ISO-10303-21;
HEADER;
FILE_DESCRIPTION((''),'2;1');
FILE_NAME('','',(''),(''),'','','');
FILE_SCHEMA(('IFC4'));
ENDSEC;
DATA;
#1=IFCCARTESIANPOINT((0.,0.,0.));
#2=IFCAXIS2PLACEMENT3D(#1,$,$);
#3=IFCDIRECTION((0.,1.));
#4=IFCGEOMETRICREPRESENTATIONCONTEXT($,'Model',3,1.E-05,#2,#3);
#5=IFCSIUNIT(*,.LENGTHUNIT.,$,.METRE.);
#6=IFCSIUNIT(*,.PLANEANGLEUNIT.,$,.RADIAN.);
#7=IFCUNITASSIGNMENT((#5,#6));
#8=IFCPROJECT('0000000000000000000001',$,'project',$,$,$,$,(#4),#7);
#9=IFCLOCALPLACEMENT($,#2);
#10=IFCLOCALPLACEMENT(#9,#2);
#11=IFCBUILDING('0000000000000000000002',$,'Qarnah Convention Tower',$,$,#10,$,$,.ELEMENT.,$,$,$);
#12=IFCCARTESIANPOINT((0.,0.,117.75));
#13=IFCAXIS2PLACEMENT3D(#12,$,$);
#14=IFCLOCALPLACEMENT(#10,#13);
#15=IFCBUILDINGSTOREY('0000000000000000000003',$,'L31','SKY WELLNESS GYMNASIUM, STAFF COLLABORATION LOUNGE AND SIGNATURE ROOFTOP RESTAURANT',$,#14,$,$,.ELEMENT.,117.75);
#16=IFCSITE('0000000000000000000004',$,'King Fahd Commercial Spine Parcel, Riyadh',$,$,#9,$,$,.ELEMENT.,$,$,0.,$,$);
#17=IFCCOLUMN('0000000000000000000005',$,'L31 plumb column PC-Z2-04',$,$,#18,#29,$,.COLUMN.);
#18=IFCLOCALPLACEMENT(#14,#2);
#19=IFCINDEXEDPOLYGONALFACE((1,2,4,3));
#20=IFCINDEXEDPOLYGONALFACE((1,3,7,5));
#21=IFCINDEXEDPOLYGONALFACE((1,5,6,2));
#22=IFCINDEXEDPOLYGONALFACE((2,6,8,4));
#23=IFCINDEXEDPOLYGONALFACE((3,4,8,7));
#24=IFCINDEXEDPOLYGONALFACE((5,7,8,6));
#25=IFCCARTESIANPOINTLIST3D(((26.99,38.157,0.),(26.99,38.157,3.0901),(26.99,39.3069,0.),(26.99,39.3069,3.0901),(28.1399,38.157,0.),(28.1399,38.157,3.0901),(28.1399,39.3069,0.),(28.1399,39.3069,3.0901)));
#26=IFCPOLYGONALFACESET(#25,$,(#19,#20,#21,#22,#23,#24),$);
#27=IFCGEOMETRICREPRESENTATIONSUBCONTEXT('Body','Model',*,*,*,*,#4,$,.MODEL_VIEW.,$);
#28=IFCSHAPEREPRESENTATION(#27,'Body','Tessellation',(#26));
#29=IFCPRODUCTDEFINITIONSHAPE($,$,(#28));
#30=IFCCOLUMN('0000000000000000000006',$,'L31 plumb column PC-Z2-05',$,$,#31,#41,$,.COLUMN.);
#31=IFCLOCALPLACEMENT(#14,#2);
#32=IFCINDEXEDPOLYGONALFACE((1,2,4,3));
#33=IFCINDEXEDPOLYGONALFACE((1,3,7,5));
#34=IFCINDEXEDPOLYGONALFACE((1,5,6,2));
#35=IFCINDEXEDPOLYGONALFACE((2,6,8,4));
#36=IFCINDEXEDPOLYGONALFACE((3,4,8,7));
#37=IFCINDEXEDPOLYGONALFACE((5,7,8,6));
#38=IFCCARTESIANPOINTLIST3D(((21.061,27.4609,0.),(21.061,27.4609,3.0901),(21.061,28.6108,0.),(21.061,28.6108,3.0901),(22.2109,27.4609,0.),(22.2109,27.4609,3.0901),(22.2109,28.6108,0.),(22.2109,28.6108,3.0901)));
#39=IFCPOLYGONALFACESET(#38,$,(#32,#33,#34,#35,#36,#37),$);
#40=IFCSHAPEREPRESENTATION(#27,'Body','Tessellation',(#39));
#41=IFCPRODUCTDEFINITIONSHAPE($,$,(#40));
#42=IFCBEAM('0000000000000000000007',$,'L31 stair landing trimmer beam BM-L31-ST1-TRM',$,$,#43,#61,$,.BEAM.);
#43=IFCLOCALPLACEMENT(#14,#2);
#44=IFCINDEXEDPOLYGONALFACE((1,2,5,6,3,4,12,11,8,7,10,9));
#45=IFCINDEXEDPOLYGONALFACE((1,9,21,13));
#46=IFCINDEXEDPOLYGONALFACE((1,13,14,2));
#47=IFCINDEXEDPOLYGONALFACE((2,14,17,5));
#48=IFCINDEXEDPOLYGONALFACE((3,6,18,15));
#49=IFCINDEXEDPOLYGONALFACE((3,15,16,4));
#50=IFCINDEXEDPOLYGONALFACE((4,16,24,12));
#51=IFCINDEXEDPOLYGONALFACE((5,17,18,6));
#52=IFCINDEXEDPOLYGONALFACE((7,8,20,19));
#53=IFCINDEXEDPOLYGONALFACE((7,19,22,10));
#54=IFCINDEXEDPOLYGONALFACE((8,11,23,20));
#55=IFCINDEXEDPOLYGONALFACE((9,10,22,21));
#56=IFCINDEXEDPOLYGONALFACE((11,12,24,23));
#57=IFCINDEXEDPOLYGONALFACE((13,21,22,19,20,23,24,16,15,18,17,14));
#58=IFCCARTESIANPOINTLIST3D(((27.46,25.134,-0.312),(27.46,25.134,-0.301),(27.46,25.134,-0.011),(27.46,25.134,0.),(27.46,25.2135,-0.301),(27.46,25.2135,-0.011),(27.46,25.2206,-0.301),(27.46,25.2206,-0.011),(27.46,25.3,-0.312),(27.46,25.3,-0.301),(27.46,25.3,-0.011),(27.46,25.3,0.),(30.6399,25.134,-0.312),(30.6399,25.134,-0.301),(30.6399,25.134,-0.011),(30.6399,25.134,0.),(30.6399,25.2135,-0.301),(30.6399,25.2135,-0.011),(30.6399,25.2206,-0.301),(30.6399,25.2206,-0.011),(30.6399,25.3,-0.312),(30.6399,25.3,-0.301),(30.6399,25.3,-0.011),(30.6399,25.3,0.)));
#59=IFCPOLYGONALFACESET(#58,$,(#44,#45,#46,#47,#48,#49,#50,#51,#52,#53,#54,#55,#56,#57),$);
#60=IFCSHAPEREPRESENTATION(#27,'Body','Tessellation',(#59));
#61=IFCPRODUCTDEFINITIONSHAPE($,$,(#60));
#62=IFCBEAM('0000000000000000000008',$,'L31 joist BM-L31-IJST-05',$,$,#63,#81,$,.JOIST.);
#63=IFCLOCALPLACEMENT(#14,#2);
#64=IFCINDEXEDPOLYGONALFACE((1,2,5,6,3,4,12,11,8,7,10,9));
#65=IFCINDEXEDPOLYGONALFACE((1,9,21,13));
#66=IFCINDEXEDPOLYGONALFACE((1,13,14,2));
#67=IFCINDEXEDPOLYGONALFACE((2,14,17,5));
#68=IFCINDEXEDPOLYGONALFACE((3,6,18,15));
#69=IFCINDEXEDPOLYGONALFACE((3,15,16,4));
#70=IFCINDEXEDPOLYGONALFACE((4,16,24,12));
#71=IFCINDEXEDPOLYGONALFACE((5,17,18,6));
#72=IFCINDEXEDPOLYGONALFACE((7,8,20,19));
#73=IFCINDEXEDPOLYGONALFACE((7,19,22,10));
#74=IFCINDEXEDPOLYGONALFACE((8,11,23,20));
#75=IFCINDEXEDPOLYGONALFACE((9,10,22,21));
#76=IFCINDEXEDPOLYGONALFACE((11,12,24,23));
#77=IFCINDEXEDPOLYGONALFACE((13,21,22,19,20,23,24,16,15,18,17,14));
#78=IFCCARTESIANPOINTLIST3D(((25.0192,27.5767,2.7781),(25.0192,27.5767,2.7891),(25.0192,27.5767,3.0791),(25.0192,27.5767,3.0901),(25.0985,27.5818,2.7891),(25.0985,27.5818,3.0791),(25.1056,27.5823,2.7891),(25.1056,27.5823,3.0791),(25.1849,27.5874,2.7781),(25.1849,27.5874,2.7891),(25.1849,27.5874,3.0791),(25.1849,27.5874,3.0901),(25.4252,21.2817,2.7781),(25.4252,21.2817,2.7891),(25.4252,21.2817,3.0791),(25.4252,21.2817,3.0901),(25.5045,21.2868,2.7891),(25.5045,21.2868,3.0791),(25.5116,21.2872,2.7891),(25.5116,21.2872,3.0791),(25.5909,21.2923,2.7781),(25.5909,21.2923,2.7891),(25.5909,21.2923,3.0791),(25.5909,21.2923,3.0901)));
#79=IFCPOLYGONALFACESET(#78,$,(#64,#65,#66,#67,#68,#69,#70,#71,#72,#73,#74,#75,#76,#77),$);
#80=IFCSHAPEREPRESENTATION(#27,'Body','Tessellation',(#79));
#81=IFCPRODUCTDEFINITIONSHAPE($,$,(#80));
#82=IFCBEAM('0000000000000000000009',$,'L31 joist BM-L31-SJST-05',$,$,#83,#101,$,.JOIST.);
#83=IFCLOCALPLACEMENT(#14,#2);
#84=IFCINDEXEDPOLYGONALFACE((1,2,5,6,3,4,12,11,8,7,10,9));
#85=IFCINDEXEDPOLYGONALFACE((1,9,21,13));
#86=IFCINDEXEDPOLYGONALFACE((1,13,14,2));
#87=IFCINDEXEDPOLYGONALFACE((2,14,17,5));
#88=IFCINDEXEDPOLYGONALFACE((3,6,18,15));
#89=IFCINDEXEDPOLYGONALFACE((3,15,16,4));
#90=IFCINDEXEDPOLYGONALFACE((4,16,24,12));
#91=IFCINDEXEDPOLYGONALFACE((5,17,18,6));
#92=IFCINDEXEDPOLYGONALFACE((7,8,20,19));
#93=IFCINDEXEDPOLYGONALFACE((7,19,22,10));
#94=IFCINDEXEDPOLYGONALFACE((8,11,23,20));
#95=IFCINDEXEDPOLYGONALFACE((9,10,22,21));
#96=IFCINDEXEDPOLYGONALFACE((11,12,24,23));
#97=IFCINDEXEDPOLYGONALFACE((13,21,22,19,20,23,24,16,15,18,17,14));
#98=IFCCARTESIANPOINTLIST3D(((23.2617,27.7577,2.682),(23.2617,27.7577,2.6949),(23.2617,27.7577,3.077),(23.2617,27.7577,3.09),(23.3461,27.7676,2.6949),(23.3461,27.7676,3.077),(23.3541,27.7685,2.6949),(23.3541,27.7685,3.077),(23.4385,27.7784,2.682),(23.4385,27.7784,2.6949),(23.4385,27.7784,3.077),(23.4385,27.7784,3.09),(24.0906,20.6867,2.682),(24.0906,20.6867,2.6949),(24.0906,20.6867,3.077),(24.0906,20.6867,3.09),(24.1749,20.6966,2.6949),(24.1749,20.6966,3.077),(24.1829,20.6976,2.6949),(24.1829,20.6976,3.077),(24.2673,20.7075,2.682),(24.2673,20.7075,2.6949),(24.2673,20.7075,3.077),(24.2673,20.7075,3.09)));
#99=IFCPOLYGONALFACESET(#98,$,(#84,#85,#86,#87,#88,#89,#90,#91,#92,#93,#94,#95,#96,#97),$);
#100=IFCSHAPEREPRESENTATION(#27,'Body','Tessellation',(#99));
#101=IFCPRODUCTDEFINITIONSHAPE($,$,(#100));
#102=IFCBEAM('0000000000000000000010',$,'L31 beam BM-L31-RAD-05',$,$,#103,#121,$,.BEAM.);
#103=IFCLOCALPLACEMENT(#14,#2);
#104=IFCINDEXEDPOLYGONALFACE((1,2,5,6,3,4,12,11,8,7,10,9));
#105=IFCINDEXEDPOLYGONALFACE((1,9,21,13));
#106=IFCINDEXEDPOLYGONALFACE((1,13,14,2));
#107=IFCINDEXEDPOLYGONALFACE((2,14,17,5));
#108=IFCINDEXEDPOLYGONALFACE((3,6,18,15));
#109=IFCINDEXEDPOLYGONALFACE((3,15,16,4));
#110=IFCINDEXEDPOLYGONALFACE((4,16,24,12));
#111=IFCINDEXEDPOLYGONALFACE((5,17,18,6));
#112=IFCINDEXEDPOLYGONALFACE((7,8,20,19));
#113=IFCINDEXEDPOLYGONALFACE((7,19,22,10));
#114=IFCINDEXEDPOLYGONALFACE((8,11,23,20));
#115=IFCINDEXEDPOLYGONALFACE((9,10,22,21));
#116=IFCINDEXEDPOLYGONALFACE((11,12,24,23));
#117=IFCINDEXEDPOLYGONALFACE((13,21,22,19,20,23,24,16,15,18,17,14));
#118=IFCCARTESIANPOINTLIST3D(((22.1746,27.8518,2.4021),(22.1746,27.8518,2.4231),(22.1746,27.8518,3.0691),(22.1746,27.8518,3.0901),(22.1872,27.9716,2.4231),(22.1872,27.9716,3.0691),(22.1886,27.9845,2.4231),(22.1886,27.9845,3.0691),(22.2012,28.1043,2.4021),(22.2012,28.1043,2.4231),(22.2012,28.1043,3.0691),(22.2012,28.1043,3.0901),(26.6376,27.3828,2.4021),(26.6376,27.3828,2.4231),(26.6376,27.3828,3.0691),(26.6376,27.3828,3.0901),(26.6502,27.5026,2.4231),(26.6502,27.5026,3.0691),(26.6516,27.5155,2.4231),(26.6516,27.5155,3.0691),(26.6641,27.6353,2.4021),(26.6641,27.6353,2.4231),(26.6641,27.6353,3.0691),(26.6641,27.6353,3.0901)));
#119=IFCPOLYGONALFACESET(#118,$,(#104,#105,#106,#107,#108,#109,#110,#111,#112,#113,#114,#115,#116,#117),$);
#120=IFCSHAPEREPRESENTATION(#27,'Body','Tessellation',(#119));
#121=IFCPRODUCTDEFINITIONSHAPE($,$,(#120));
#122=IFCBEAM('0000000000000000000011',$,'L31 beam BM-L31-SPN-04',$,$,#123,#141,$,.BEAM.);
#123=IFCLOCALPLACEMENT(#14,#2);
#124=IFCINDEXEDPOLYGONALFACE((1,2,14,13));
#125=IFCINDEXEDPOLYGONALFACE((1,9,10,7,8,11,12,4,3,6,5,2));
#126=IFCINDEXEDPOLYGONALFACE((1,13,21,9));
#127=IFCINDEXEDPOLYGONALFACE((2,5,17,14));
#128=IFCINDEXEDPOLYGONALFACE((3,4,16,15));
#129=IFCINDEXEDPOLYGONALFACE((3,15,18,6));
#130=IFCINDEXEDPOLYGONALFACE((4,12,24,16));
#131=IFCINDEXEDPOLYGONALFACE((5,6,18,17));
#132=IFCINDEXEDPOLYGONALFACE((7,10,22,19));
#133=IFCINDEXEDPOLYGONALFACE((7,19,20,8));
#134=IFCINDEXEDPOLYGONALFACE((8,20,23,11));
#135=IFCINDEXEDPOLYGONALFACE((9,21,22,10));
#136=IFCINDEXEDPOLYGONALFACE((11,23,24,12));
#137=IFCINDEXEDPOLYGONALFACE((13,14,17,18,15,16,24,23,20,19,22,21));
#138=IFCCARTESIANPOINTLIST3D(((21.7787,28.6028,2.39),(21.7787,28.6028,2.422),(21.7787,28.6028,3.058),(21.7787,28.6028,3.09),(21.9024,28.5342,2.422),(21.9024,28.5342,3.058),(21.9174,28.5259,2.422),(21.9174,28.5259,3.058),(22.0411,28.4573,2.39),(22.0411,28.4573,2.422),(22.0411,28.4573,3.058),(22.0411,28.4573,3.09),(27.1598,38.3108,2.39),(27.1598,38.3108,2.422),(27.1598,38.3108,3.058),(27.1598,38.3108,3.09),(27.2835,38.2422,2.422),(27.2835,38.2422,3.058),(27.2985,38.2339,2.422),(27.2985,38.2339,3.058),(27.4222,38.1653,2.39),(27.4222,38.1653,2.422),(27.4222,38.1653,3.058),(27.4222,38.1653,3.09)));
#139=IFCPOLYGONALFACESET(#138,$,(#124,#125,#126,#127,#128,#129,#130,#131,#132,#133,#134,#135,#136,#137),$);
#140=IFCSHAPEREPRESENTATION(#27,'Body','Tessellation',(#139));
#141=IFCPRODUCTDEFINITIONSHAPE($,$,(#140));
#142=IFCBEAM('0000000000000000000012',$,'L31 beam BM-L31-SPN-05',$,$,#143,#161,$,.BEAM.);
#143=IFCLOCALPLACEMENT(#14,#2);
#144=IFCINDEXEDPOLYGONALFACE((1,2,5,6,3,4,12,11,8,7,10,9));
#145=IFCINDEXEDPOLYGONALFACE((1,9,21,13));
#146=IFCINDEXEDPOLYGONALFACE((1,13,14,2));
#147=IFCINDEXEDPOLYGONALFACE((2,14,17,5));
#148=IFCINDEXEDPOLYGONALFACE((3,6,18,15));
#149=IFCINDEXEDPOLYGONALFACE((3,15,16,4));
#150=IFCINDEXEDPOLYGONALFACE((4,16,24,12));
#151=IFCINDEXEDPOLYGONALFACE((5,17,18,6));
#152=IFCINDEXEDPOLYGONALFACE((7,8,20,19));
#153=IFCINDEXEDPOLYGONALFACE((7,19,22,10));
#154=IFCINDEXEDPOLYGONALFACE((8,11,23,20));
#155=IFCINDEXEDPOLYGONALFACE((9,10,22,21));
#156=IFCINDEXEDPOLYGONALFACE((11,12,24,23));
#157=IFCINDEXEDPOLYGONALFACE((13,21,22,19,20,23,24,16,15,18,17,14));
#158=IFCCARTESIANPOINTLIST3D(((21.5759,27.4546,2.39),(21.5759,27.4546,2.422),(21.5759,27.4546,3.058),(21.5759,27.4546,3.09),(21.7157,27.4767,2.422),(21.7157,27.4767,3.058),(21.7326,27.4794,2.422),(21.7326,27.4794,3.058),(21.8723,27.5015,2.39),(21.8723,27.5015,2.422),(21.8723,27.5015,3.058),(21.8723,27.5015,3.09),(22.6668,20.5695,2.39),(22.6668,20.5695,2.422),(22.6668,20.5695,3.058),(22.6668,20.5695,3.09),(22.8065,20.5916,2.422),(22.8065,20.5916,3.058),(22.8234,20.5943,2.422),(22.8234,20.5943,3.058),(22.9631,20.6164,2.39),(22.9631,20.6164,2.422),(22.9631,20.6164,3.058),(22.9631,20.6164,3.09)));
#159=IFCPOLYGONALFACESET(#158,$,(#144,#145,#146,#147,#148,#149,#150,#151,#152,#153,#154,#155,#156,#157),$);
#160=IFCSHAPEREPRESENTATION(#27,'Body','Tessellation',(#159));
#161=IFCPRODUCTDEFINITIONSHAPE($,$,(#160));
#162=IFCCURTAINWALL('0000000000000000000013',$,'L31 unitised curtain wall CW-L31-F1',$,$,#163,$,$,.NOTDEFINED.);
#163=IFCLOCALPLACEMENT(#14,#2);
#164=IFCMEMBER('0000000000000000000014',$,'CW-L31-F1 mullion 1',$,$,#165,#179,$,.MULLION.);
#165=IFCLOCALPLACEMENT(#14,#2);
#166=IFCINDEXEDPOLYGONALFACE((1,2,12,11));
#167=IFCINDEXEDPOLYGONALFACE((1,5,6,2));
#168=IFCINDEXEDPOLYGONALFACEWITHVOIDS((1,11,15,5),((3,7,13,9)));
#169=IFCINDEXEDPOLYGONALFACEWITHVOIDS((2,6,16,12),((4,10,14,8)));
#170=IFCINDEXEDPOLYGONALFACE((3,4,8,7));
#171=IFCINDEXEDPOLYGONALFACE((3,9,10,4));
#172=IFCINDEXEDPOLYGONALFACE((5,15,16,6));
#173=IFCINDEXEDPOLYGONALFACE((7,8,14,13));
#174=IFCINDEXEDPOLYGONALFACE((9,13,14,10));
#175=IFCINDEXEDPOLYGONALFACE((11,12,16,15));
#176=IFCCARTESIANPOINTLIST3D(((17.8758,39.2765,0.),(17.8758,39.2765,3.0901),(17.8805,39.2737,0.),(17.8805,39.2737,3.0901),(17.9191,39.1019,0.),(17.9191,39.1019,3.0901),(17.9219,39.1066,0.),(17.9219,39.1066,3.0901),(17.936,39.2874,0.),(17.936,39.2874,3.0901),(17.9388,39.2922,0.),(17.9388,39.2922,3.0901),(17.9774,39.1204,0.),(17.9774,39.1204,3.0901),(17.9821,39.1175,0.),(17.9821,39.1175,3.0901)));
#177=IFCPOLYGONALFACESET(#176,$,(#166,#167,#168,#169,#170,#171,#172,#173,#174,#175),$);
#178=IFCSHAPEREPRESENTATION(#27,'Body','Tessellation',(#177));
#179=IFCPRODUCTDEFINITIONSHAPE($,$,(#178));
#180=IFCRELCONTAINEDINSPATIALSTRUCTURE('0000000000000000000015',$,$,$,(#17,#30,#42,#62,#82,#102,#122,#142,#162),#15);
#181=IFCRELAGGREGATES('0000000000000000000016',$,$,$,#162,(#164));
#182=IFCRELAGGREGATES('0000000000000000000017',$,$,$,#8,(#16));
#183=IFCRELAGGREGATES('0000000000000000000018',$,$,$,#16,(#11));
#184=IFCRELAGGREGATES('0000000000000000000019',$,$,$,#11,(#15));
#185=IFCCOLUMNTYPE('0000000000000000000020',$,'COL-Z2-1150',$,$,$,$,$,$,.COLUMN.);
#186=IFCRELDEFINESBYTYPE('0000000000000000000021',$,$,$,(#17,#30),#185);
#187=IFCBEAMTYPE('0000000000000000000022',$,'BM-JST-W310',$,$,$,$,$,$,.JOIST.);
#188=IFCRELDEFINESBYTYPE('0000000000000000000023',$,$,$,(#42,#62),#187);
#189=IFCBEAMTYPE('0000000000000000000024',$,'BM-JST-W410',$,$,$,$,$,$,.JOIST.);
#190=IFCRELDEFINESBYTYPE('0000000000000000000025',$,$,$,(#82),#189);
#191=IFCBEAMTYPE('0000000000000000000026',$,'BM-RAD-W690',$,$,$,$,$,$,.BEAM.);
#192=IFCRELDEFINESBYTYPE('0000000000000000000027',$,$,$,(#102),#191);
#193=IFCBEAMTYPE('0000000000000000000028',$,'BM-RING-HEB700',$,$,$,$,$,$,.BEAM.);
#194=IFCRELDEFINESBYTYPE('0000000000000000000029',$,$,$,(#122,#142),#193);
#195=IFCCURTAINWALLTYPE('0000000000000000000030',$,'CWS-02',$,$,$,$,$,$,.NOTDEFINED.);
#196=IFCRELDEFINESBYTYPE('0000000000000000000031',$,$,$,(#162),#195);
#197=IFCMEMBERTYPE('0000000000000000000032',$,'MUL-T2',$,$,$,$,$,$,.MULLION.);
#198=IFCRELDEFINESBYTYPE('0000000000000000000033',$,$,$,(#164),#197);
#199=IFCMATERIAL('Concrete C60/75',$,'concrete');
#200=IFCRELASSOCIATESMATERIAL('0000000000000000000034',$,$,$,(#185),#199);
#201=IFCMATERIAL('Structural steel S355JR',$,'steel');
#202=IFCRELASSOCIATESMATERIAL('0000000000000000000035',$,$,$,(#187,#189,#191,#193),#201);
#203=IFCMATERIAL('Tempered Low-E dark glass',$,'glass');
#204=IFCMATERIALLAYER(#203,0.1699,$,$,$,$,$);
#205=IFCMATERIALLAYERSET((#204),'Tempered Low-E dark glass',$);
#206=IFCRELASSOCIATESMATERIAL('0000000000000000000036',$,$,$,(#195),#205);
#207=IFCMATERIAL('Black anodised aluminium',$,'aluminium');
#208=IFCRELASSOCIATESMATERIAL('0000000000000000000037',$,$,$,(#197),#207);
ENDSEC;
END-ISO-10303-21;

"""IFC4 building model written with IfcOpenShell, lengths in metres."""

from ifc_helpers import new_model, si_unit, direction, frame, origin, origin_2d, place, context, subcontext, project, spatial, rectangle, hollow_rectangle, i_section, extrude, material, layer, layer_set, material_profile, profile_set, type_object, element, aggregate, save


model = new_model("IFC4")

# Units and contexts
model_context = context("Model", 3, precision=1e-05, world=origin(), true_north=direction((0.0, 1.0)))
body_context = subcontext(model_context, "Body", "Model", "MODEL_VIEW")
ifc_project = project(units=[si_unit("LENGTHUNIT", "METRE"), si_unit("PLANEANGLEUNIT", "RADIAN")], contexts=[model_context])

# Site, building, storey
site_placement = place(None, origin())
site = spatial("IfcSite", under=ifc_project, at=site_placement, Name="King Fahd Commercial Spine Parcel, Riyadh", CompositionType="ELEMENT", RefElevation=0.0)
building_placement = place(site_placement, origin())
building = spatial("IfcBuilding", under=site, at=building_placement, Name="Qarnah Convention Tower", CompositionType="ELEMENT")
storey_placement = place(building_placement, frame((0.0, 0.0, 117.75)))
storey = spatial("IfcBuildingStorey", under=building, at=storey_placement, Name="L31", Description="SKY WELLNESS GYMNASIUM, STAFF COLLABORATION LOUNGE AND SIGNATURE ROOFTOP RESTAURANT", CompositionType="ELEMENT", Elevation=117.75)

# Columns
ifc_material_1 = material(Name="Concrete C60/75", Category="concrete")
ifc_material_profile_1 = material_profile(ifc_material_1, rectangle(XDim=1.1499, YDim=1.1499, at=origin_2d()), Name="RC-COL-1150X1150")
ifc_profile_set_1 = profile_set([ifc_material_profile_1], Name="Concrete C60/75")
column_type = type_object("IfcColumnType", Name="COL-Z2-1150", PredefinedType="COLUMN", material=ifc_profile_set_1)
for number, where, z_axis, x_axis, name in (
    (1, (27.5649, 38.7319, 0.0), (0.0, 0.0, 1.0), (1.0, 0.0, 0.0), "L31 plumb column PC-Z2-04"),
    (2, (21.636, 28.0359, 0.0), (0.0, 0.0, 1.0), (1.0, 0.0, 0.0), "L31 plumb column PC-Z2-05"),
):
    element("IfcColumn", number, at=place(storey_placement, frame(where, z_axis=z_axis, x_axis=x_axis)), inside=storey, type_object=column_type, Name=name, PredefinedType="COLUMN", context=body_context, shape_type="SweptSolid", body=[
        extrude(rectangle(XDim=1.1499, YDim=1.1499, at=origin_2d()), origin(), (0.0, 0.0, 1.0), 3.0901),
    ])

# Beams
ifc_material_2 = material(Name="Structural steel S355JR", Category="steel")
ifc_material_profile_2 = material_profile(ifc_material_2, i_section(OverallWidth=0.166, OverallDepth=0.312, WebThickness=0.0071, FlangeThickness=0.011, at=origin_2d()), Name="W310X45")
ifc_profile_set_2 = profile_set([ifc_material_profile_2], Name="Structural steel S355JR")
beam_type_1 = type_object("IfcBeamType", Name="BM-JST-W310", PredefinedType="JOIST", material=ifc_profile_set_2)
beam_1_placement = place(storey_placement, frame((27.46, 25.217, -0.156), z_axis=(1.0, 0.0, 0.0), x_axis=(0.0, 1.0, 0.0)))
element("IfcBeam", 3, at=beam_1_placement, inside=storey, type_object=beam_type_1, Name="L31 stair landing trimmer beam BM-L31-ST1-TRM", PredefinedType="BEAM", context=body_context, shape_type="SweptSolid", body=[
    extrude(i_section(OverallWidth=0.166, OverallDepth=0.312, WebThickness=0.0071, FlangeThickness=0.011, at=origin_2d()), origin(), (0.0, 0.0, 1.0), 3.1799),
])
beam_2_placement = place(storey_placement, frame((25.1021, 27.582, 2.9341), z_axis=(0.064364, -0.997927, 0.0), x_axis=(0.997927, 0.064364, 0.0)))
element("IfcBeam", 4, at=beam_2_placement, inside=storey, type_object=beam_type_1, Name="L31 joist BM-L31-IJST-05", PredefinedType="JOIST", context=body_context, shape_type="SweptSolid", body=[
    extrude(i_section(OverallWidth=0.166, OverallDepth=0.312, WebThickness=0.0071, FlangeThickness=0.011, at=origin_2d()), origin(), (0.0, 0.0, 1.0), 6.3081),
])
ifc_material_profile_3 = material_profile(ifc_material_2, i_section(OverallWidth=0.178, OverallDepth=0.408, WebThickness=0.0081, FlangeThickness=0.0129, at=origin_2d()), Name="W410X60")
ifc_profile_set_3 = profile_set([ifc_material_profile_3], Name="Structural steel S355JR")
beam_type_2 = type_object("IfcBeamType", Name="BM-JST-W410", PredefinedType="JOIST", material=ifc_profile_set_3)
beam_3_placement = place(storey_placement, frame((23.3501, 27.7681, 2.886), z_axis=(0.116421, -0.9932, 0.0), x_axis=(0.9932, 0.116421, 0.0)))
element("IfcBeam", 5, at=beam_3_placement, inside=storey, type_object=beam_type_2, Name="L31 joist BM-L31-SJST-05", PredefinedType="JOIST", context=body_context, shape_type="SweptSolid", body=[
    extrude(i_section(OverallWidth=0.178, OverallDepth=0.408, WebThickness=0.0081, FlangeThickness=0.0129, at=origin_2d()), origin(), (0.0, 0.0, 1.0), 7.1194),
])
ifc_material_profile_4 = material_profile(ifc_material_2, i_section(OverallWidth=0.2539, OverallDepth=0.688, WebThickness=0.0129, FlangeThickness=0.021, at=origin_2d()), Name="W690X152")
ifc_profile_set_4 = profile_set([ifc_material_profile_4], Name="Structural steel S355JR")
beam_type_3 = type_object("IfcBeamType", Name="BM-RAD-W690", PredefinedType="BEAM", material=ifc_profile_set_4)
beam_4_placement = place(storey_placement, frame((26.6509, 27.509, 2.7461), z_axis=(-0.994524, 0.104512, 0.0), x_axis=(-0.104512, -0.994524, 0.0)))
element("IfcBeam", 6, at=beam_4_placement, inside=storey, type_object=beam_type_3, Name="L31 beam BM-L31-RAD-05", PredefinedType="BEAM", context=body_context, shape_type="SweptSolid", body=[
    extrude(i_section(OverallWidth=0.2539, OverallDepth=0.688, WebThickness=0.0129, FlangeThickness=0.021, at=origin_2d()), origin(), (0.0, 0.0, 1.0), 4.4875),
])
ifc_material_profile_5 = material_profile(ifc_material_2, i_section(OverallWidth=0.3, OverallDepth=0.7, WebThickness=0.0171, FlangeThickness=0.032, at=origin_2d()), Name="HEB700")
ifc_profile_set_5 = profile_set([ifc_material_profile_5], Name="Structural steel S355JR")
beam_type_4 = type_object("IfcBeamType", Name="BM-RING-HEB700", PredefinedType="BEAM", material=ifc_profile_set_5)
beam_5_placement = place(storey_placement, frame((27.291, 38.238, 2.74), z_axis=(-0.4848, -0.874625, 0.0), x_axis=(0.874625, -0.4848, 0.0)))
element("IfcBeam", 7, at=beam_5_placement, inside=storey, type_object=beam_type_4, Name="L31 beam BM-L31-SPN-04", PredefinedType="BEAM", context=body_context, shape_type="SweptSolid", body=[
    extrude(i_section(OverallWidth=0.3, OverallDepth=0.7, WebThickness=0.0171, FlangeThickness=0.032, at=origin_2d()), origin(), (0.0, 0.0, 1.0), 11.0996),
])
beam_6_placement = place(storey_placement, frame((21.7241, 27.478, 2.74), z_axis=(0.156482, -0.987681, 0.0), x_axis=(0.987681, 0.156482, 0.0)))
element("IfcBeam", 8, at=beam_6_placement, inside=storey, type_object=beam_type_4, Name="L31 beam BM-L31-SPN-05", PredefinedType="BEAM", context=body_context, shape_type="SweptSolid", body=[
    extrude(i_section(OverallWidth=0.3, OverallDepth=0.7, WebThickness=0.0171, FlangeThickness=0.032, at=origin_2d()), origin(), (0.0, 0.0, 1.0), 6.9709),
])

# Curtain wall, member
ifc_material_3 = material(Name="Tempered Low-E dark glass", Category="glass")
ifc_layer_1 = layer(ifc_material_3, 0.1699)
ifc_layer_set_1 = layer_set([ifc_layer_1], Name="Tempered Low-E dark glass")
curtain_wall_type = type_object("IfcCurtainWallType", Name="CWS-02", PredefinedType="NOTDEFINED", material=ifc_layer_set_1)
curtain_wall_1_placement = place(storey_placement, origin())
curtain_wall_1 = element("IfcCurtainWall", 9, at=curtain_wall_1_placement, inside=storey, type_object=curtain_wall_type, Name="L31 unitised curtain wall CW-L31-F1", PredefinedType="NOTDEFINED")
ifc_material_4 = material(Name="Black anodised aluminium", Category="aluminium")
ifc_material_profile_6 = material_profile(ifc_material_4, hollow_rectangle(XDim=0.0649, YDim=0.1799, WallThickness=0.0039, at=origin_2d()), Name="MUL-65X180")
ifc_profile_set_6 = profile_set([ifc_material_profile_6], Name="Black anodised aluminium")
member_type_1 = type_object("IfcMemberType", Name="MUL-T2", PredefinedType="MULLION", material=ifc_profile_set_6)
member_1_placement = place(storey_placement, frame((17.929, 39.197, 0.0), z_axis=(0.0, 0.0, 1.0), x_axis=(0.970639, 0.240541, 0.0)))
member_1 = element("IfcMember", 10, at=member_1_placement, type_object=member_type_1, Name="CW-L31-F1 mullion 1", PredefinedType="MULLION", context=body_context, shape_type="SweptSolid", body=[
    extrude(hollow_rectangle(XDim=0.0649, YDim=0.1799, WallThickness=0.0039, at=origin_2d()), origin(), (0.0, 0.0, 1.0), 3.0901),
])

aggregate(curtain_wall_1, [member_1])

save(model, "model.ifc")
